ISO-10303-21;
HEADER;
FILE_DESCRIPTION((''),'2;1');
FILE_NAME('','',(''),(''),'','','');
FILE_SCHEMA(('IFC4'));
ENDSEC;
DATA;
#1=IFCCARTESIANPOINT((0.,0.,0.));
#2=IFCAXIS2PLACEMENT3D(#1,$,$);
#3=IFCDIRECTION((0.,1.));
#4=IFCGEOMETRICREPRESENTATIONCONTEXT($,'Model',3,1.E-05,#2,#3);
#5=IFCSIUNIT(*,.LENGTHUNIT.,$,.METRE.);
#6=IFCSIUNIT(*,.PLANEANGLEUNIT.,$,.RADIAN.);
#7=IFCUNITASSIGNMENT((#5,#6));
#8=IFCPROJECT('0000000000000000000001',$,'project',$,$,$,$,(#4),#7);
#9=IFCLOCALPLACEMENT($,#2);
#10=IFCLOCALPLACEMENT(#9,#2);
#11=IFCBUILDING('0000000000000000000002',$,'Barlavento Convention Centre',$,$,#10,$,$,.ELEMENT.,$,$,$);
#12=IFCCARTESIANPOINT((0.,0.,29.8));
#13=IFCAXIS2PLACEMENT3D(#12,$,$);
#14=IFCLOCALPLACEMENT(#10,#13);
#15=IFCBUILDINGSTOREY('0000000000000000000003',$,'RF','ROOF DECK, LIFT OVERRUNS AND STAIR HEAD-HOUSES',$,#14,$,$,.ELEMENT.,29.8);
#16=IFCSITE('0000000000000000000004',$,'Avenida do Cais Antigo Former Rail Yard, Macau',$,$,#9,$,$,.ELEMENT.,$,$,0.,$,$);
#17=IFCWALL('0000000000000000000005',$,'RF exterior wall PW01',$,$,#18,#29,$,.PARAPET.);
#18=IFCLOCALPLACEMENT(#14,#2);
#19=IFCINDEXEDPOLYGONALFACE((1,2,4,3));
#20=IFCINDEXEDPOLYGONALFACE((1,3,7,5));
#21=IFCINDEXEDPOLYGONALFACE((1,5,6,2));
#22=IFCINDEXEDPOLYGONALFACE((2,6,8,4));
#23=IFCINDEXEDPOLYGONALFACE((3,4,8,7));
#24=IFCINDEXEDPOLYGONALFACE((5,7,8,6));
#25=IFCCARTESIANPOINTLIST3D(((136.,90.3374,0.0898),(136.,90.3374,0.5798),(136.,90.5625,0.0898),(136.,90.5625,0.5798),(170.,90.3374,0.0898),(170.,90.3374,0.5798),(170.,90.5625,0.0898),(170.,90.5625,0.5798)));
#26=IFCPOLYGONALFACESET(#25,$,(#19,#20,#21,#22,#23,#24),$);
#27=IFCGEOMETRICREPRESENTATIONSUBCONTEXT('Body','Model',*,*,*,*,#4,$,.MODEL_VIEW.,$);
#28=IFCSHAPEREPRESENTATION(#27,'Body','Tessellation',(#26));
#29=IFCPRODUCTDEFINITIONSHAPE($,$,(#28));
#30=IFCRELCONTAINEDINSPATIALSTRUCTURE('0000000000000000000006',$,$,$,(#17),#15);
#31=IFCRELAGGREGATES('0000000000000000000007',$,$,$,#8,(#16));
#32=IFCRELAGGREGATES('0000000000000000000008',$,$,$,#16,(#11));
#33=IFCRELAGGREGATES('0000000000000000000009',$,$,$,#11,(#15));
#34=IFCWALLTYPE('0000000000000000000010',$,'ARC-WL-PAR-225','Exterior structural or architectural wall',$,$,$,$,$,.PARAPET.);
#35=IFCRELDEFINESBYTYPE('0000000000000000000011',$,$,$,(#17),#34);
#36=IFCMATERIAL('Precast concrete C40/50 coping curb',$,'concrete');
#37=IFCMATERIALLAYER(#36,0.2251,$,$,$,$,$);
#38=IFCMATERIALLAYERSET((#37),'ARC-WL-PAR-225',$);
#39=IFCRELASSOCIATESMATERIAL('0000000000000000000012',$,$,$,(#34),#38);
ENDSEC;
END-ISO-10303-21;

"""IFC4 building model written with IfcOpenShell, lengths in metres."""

from ifc_helpers import new_model, si_unit, direction, frame, frame_2d, origin, place, context, subcontext, project, spatial, rectangle, extrude, material, layer, layer_set, type_object, element, save


model = new_model("IFC4")

# Units and contexts
model_context = context("Model", 3, precision=1e-05, world=origin(), true_north=direction((0.0, 1.0)))
body_context = subcontext(model_context, "Body", "Model", "MODEL_VIEW")
ifc_project = project(units=[si_unit("LENGTHUNIT", "METRE"), si_unit("PLANEANGLEUNIT", "RADIAN")], contexts=[model_context])

# Site, building, storey
site_placement = place(None, origin())
site = spatial("IfcSite", under=ifc_project, at=site_placement, Name="Avenida do Cais Antigo Former Rail Yard, Macau", CompositionType="ELEMENT", RefElevation=0.0)
building_placement = place(site_placement, origin())
building = spatial("IfcBuilding", under=site, at=building_placement, Name="Barlavento Convention Centre", CompositionType="ELEMENT")
storey_placement = place(building_placement, frame((0.0, 0.0, 29.8)))
storey = spatial("IfcBuildingStorey", under=building, at=storey_placement, Name="RF", Description="ROOF DECK, LIFT OVERRUNS AND STAIR HEAD-HOUSES", CompositionType="ELEMENT", Elevation=29.8)

# Wall
ifc_material_1 = material(Name="Precast concrete C40/50 coping curb", Category="concrete")
ifc_layer = layer(ifc_material_1, 0.2251)
ifc_layer_set = layer_set([ifc_layer], Name="ARC-WL-PAR-225")
wall_type = type_object("IfcWallType", Name="ARC-WL-PAR-225", Description="Exterior structural or architectural wall", PredefinedType="PARAPET", material=ifc_layer_set)
wall_1_placement = place(storey_placement, frame((136.0, 90.45, 0.0898), z_axis=(0.0, 0.0, 1.0), x_axis=(1.0, 0.0, 0.0)))
element("IfcWall", 1, at=wall_1_placement, inside=storey, type_object=wall_type, Name="RF exterior wall PW01", PredefinedType="PARAPET", context=body_context, shape_type="SweptSolid", body=[
    extrude(rectangle(XDim=34.0, YDim=0.2251, at=frame_2d((17.0, 0.0))), origin(), (0.0, 0.0, 1.0), 0.49),
])

save(model, "model.ifc")
